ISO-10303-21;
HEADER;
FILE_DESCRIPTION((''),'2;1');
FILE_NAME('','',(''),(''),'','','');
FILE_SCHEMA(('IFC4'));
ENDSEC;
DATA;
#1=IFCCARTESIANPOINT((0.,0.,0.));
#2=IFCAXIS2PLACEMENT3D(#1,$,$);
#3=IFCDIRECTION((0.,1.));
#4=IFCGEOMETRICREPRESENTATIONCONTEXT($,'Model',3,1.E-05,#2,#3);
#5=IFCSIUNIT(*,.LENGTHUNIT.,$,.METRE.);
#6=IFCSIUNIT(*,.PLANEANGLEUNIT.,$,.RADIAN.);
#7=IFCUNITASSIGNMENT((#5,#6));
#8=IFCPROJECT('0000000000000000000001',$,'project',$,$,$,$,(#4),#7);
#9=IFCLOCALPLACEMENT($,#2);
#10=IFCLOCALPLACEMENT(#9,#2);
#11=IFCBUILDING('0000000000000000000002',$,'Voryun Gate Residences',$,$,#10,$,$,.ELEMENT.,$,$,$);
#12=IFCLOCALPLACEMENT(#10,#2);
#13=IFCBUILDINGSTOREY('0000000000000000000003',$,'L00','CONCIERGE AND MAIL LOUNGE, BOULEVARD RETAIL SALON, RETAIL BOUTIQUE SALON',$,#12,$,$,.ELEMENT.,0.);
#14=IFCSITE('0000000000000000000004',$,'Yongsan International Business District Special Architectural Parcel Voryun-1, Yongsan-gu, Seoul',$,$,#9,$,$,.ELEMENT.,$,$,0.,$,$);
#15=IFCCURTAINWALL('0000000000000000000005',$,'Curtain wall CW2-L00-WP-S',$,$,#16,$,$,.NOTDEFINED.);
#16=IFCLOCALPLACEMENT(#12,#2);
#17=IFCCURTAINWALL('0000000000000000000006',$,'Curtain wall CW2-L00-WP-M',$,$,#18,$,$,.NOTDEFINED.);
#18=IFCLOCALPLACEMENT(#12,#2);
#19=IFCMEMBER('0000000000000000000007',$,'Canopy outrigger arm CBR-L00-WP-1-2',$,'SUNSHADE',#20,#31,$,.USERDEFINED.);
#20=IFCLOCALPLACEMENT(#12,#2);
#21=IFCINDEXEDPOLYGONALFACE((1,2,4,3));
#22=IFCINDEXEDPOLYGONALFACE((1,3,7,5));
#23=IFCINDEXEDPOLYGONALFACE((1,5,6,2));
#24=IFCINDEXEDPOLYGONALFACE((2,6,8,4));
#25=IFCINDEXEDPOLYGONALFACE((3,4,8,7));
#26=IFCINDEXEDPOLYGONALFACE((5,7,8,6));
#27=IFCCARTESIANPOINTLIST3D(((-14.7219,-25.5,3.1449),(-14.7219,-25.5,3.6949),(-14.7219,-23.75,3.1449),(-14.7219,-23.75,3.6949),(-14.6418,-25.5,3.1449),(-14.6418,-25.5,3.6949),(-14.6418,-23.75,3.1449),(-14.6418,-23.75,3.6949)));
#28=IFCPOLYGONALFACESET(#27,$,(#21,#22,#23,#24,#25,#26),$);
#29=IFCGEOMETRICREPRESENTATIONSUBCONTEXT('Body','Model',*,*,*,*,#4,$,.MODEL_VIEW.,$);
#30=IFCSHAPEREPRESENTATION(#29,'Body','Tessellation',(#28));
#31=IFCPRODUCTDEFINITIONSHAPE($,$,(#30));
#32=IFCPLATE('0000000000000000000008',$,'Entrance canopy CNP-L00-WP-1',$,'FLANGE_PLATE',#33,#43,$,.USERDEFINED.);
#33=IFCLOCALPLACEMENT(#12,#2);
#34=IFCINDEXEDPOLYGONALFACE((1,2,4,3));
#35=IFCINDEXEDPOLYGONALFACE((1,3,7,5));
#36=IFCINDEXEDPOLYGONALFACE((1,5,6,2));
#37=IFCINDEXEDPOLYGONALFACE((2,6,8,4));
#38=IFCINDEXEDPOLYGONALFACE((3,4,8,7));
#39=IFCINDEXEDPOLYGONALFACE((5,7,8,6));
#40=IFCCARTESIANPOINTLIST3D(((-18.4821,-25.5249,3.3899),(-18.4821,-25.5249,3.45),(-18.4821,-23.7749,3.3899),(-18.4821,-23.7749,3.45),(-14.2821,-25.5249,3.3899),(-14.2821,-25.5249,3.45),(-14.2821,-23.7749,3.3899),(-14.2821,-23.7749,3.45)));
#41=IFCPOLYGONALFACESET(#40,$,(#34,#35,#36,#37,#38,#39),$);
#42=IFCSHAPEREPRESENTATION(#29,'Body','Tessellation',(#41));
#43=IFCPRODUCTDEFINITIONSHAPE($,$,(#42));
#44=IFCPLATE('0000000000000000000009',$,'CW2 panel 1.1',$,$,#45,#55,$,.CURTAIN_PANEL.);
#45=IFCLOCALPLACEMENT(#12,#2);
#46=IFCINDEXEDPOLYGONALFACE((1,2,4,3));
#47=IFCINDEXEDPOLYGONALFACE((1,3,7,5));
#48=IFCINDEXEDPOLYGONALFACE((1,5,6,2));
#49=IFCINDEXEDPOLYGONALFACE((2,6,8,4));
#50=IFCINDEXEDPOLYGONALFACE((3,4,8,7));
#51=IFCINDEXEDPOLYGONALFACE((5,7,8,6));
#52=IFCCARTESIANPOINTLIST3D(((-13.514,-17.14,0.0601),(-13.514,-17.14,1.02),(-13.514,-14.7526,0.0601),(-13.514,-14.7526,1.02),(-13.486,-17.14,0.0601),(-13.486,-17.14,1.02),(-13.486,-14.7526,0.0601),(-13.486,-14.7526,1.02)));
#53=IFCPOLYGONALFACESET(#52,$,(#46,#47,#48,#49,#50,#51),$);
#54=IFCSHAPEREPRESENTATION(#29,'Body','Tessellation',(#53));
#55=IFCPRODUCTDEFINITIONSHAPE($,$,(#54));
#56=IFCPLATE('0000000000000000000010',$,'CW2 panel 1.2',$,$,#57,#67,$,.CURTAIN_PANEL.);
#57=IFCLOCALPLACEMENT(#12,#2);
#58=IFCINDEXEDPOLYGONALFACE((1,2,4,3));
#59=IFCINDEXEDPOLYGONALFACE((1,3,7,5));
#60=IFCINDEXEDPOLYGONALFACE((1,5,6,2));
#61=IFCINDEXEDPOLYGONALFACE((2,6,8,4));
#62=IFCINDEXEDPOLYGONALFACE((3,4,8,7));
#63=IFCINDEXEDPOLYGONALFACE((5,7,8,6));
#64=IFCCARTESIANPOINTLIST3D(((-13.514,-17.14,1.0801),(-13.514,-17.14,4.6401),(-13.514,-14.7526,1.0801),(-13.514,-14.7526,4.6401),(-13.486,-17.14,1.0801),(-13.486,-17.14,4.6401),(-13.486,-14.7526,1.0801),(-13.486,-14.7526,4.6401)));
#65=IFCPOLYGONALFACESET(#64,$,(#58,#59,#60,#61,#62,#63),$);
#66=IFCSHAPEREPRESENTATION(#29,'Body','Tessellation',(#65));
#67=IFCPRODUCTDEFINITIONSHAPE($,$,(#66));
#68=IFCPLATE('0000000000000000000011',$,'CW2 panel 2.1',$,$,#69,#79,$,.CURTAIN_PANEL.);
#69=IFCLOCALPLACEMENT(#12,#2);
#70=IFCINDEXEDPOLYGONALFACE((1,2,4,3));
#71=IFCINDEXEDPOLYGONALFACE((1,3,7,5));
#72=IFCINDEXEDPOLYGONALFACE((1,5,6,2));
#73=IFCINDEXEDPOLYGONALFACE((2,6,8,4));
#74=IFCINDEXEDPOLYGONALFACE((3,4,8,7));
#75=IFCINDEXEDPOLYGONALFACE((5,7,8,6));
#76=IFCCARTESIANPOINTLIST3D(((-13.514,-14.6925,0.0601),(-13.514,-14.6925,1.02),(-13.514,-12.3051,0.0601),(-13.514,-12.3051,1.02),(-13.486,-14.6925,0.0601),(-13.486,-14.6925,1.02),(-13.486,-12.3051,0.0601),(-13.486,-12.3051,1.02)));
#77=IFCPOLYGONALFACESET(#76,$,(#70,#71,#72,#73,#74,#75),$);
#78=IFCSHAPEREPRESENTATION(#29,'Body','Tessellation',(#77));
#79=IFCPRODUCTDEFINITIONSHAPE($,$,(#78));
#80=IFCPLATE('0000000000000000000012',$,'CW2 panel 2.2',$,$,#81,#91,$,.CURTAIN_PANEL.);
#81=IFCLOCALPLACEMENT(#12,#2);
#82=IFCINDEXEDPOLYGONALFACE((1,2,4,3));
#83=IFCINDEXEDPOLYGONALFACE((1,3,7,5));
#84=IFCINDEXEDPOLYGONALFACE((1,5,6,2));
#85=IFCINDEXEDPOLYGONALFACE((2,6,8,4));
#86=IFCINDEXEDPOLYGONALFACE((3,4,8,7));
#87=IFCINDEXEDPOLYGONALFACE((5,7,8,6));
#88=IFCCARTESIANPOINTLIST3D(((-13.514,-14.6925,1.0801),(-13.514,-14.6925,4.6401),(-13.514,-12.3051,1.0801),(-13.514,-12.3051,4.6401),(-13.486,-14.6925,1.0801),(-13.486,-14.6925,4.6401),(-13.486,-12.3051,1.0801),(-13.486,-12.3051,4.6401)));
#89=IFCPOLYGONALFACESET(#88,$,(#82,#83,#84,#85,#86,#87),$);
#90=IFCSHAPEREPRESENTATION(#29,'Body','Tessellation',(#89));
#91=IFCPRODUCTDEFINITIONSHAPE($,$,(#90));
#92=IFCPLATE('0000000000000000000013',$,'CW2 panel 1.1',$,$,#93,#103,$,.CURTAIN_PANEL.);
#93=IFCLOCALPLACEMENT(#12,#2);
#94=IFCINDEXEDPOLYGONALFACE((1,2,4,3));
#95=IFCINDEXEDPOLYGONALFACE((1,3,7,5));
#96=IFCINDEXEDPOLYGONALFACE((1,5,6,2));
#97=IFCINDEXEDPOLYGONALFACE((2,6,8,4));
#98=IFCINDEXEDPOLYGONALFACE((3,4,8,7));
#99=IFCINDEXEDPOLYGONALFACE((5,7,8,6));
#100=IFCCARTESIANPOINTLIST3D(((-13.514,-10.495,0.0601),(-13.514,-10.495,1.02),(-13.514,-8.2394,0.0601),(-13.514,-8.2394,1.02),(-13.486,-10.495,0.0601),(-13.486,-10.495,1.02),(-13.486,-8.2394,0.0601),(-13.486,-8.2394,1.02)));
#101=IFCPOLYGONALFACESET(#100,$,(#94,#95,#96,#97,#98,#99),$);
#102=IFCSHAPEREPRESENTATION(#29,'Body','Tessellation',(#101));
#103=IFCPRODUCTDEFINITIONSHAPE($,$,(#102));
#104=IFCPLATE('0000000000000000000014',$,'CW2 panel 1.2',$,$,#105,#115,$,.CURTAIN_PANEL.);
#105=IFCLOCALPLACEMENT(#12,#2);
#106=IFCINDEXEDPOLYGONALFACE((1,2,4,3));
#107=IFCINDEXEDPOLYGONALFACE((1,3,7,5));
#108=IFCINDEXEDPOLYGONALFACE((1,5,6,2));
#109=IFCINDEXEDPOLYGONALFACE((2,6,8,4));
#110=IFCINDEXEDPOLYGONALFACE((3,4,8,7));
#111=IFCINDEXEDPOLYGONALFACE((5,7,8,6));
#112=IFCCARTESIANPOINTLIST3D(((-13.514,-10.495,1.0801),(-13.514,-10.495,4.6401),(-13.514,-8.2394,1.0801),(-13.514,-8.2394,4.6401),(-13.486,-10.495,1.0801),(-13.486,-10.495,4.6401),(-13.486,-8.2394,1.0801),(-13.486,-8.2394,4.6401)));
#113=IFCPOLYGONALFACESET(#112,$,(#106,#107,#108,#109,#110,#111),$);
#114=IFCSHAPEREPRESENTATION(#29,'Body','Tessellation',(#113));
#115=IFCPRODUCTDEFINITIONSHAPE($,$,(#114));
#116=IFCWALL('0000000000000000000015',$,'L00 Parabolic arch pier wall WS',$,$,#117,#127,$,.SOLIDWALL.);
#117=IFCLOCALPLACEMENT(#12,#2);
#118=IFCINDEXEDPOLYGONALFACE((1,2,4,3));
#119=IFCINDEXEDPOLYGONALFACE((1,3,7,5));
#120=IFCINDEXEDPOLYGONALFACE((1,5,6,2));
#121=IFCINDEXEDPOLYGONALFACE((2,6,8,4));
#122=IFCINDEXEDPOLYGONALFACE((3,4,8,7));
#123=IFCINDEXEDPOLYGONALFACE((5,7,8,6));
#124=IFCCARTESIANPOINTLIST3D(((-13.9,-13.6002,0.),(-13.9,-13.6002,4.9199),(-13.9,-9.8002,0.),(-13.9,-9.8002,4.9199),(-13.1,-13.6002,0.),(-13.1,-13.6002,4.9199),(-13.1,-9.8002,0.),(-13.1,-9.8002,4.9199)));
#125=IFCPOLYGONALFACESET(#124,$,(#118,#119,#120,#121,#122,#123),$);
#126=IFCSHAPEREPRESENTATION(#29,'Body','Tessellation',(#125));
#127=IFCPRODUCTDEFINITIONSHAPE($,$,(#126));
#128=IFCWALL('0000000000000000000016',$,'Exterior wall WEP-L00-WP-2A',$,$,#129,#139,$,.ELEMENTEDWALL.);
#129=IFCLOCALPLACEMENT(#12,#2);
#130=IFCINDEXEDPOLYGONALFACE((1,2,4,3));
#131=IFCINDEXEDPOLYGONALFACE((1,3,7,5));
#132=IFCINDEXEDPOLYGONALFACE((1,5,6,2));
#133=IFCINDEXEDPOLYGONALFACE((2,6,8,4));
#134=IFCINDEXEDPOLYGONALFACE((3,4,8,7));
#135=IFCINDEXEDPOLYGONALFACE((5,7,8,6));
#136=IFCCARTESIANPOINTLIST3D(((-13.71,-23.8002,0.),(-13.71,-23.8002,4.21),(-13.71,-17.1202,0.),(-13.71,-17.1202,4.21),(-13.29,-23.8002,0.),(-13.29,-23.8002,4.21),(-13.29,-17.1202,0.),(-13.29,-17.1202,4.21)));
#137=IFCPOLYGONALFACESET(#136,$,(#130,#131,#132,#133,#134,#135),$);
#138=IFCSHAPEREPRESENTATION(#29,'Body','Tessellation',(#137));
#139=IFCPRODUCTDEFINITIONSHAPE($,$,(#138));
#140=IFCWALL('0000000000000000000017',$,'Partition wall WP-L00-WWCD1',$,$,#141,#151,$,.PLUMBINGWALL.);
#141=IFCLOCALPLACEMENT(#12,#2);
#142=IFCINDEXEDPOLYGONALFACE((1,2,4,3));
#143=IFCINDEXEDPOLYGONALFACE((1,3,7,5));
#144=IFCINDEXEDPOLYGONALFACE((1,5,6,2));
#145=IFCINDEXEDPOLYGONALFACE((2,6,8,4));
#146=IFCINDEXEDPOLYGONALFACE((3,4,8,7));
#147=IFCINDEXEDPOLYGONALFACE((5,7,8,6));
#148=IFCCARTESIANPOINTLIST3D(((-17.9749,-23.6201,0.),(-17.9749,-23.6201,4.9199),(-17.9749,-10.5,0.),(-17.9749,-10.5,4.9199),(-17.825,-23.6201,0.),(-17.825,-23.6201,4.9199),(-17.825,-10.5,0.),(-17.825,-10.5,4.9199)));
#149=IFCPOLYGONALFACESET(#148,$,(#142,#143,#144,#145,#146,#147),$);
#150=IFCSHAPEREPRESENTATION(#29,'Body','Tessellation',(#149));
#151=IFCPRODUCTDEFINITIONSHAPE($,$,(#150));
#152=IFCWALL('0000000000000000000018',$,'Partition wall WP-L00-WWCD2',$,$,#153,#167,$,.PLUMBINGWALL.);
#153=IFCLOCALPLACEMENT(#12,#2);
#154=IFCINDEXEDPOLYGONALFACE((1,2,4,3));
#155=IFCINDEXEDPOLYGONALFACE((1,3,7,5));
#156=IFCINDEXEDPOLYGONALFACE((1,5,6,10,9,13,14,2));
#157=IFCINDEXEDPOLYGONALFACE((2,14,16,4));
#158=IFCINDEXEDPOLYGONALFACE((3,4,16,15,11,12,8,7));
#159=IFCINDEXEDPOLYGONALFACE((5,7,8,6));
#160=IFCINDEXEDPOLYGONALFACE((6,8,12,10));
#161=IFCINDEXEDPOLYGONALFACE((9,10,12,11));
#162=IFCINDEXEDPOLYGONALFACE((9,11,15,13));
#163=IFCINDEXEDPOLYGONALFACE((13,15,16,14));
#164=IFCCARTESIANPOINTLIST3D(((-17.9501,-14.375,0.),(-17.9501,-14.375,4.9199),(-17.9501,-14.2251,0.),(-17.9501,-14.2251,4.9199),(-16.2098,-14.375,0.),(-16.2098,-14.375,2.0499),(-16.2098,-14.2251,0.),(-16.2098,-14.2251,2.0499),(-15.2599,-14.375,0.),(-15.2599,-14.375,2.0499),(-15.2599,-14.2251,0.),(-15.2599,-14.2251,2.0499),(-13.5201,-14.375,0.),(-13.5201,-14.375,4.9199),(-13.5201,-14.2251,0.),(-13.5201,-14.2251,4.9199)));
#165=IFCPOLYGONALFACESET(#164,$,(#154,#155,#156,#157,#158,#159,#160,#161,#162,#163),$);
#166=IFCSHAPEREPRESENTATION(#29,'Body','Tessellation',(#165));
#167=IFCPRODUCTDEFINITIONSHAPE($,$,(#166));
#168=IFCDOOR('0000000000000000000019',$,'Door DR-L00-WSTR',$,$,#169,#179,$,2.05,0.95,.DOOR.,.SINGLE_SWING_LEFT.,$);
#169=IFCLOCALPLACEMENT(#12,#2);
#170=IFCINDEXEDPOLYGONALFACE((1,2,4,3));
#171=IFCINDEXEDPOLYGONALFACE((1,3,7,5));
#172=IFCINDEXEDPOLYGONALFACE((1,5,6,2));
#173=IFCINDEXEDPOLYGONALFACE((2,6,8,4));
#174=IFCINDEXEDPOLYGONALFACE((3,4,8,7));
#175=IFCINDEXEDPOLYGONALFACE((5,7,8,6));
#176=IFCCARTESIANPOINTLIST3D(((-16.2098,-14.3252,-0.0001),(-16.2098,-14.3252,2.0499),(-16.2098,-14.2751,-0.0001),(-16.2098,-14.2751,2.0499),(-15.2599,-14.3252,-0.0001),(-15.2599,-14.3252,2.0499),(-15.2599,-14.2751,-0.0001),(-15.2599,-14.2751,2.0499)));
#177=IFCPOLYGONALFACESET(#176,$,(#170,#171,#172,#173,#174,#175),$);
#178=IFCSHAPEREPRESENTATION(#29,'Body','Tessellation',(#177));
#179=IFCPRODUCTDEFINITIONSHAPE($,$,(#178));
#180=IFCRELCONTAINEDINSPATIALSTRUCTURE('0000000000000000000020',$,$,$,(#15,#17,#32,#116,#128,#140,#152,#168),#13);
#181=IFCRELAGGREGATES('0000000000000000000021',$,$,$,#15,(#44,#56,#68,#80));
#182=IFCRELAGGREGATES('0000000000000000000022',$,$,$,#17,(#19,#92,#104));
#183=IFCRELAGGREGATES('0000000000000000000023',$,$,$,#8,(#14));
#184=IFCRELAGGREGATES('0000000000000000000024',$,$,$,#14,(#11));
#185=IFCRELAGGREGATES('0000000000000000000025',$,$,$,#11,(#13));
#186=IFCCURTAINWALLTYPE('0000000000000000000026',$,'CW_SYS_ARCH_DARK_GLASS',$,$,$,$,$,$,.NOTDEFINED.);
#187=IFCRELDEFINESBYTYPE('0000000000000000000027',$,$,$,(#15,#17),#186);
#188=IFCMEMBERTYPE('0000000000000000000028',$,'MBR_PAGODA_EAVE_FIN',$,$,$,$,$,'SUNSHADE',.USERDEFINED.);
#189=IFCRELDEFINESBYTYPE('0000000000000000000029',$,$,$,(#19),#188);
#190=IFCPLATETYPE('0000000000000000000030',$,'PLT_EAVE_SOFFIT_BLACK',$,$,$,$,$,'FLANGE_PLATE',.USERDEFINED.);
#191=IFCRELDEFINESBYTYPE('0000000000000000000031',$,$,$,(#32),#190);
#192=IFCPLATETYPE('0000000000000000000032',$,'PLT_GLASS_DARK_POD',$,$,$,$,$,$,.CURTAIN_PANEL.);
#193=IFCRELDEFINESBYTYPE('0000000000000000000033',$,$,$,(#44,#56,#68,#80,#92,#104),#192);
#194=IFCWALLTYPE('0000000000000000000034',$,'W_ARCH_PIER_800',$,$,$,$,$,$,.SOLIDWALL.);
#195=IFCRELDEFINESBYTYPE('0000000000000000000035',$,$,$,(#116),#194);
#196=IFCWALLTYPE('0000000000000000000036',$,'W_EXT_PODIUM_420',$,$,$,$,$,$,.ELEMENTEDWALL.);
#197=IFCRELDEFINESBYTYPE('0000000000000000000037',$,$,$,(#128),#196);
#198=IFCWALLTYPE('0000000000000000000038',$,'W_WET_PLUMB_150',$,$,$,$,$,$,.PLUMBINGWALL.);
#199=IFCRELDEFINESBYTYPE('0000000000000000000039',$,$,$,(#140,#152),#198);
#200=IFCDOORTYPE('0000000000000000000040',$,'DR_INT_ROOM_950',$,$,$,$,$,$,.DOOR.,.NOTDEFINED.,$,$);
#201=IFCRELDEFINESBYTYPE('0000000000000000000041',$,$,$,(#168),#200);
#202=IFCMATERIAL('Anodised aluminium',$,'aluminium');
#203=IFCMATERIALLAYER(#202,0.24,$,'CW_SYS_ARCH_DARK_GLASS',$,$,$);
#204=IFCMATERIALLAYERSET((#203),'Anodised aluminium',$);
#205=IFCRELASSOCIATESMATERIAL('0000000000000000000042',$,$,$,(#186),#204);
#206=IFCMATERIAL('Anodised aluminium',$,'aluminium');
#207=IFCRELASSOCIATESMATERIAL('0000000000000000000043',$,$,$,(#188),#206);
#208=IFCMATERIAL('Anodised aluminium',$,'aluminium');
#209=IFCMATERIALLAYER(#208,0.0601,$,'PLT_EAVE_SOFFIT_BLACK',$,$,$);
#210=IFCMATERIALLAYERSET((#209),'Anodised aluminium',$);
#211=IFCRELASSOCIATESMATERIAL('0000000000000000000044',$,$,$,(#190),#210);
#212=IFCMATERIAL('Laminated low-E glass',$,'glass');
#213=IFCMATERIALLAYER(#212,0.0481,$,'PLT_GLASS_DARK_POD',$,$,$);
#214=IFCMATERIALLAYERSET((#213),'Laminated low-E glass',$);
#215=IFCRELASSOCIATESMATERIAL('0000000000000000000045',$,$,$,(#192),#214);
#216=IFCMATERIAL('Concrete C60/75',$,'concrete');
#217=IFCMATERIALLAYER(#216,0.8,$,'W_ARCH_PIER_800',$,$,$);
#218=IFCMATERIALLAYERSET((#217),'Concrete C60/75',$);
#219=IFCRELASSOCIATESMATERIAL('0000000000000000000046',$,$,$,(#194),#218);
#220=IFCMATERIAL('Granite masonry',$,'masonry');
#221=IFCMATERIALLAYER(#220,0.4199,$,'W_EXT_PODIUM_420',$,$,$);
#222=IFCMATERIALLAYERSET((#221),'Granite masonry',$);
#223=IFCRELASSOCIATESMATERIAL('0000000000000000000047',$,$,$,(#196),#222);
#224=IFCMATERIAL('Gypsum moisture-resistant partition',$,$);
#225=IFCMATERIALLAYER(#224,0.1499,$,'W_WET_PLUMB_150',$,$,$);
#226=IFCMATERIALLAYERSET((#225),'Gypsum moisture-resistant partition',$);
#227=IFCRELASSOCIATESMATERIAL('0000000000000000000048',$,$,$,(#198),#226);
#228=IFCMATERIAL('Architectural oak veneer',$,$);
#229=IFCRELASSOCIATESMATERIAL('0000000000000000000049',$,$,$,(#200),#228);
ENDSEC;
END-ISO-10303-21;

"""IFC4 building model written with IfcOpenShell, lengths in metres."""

from ifc_helpers import new_model, si_unit, direction, frame, frame_2d, origin, origin_2d, place, context, subcontext, project, spatial, rectangle, extrude, material, layer, layer_set, material_profile, profile_set, type_object, element, fill, aggregate, save


model = new_model("IFC4")

# Units and contexts
model_context = context("Model", 3, precision=1e-05, world=origin(), true_north=direction((0.0, 1.0)))
body_context = subcontext(model_context, "Body", "Model", "MODEL_VIEW")
ifc_project = project(units=[si_unit("LENGTHUNIT", "METRE"), si_unit("PLANEANGLEUNIT", "RADIAN")], contexts=[model_context])

# Site, building, storey
site_placement = place(None, origin())
site = spatial("IfcSite", under=ifc_project, at=site_placement, Name="Yongsan International Business District Special Architectural Parcel Voryun-1, Yongsan-gu, Seoul", CompositionType="ELEMENT", RefElevation=0.0)
building_placement = place(site_placement, origin())
building = spatial("IfcBuilding", under=site, at=building_placement, Name="Voryun Gate Residences", CompositionType="ELEMENT")
storey_placement = place(building_placement, origin())
storey = spatial("IfcBuildingStorey", under=building, at=storey_placement, Name="L00", Description="CONCIERGE AND MAIL LOUNGE, BOULEVARD RETAIL SALON, RETAIL BOUTIQUE SALON", CompositionType="ELEMENT", Elevation=0.0)

# Curtain wall
ifc_material_1 = material(Name="Anodised aluminium", Category="aluminium")
ifc_layer_1 = layer(ifc_material_1, 0.24, Name="CW_SYS_ARCH_DARK_GLASS")
ifc_layer_set_1 = layer_set([ifc_layer_1], Name="Anodised aluminium")
curtain_wall_type = type_object("IfcCurtainWallType", Name="CW_SYS_ARCH_DARK_GLASS", PredefinedType="NOTDEFINED", material=ifc_layer_set_1)
curtain_wall_1_placement = place(storey_placement, origin())
curtain_wall_1 = element("IfcCurtainWall", 1, at=curtain_wall_1_placement, inside=storey, type_object=curtain_wall_type, Name="Curtain wall CW2-L00-WP-S", PredefinedType="NOTDEFINED")

# Curtain wall
curtain_wall_2_placement = place(storey_placement, origin())
curtain_wall_2 = element("IfcCurtainWall", 2, at=curtain_wall_2_placement, inside=storey, type_object=curtain_wall_type, Name="Curtain wall CW2-L00-WP-M", PredefinedType="NOTDEFINED")

# Member
ifc_material_2 = material(Name="Anodised aluminium", Category="aluminium")
ifc_material_profile_1 = material_profile(ifc_material_2, rectangle(XDim=0.0801, YDim=0.55, at=origin_2d()), Name="ALU-EAVE-80x550")
ifc_profile_set_1 = profile_set([ifc_material_profile_1], Name="Anodised aluminium")
member_type_1 = type_object("IfcMemberType", Name="MBR_PAGODA_EAVE_FIN", ElementType="SUNSHADE", PredefinedType="USERDEFINED", material=ifc_profile_set_1)
member_1_placement = place(storey_placement, frame((-14.6819, -23.75, 3.4199), z_axis=(0.0, -1.0, 0.0), x_axis=(1.0, 0.0, 0.0)))
member_1 = element("IfcMember", 3, at=member_1_placement, type_object=member_type_1, Name="Canopy outrigger arm CBR-L00-WP-1-2", ObjectType="SUNSHADE", PredefinedType="USERDEFINED", context=body_context, shape_type="SweptSolid", body=[
    extrude(rectangle(XDim=0.0801, YDim=0.55, at=origin_2d()), origin(), (0.0, 0.0, 1.0), 1.75),
])

# Plates
ifc_material_3 = material(Name="Anodised aluminium", Category="aluminium")
ifc_layer_2 = layer(ifc_material_3, 0.0601, Name="PLT_EAVE_SOFFIT_BLACK")
ifc_layer_set_2 = layer_set([ifc_layer_2], Name="Anodised aluminium")
plate_type_1 = type_object("IfcPlateType", Name="PLT_EAVE_SOFFIT_BLACK", ElementType="FLANGE_PLATE", PredefinedType="USERDEFINED", material=ifc_layer_set_2)
plate_1_placement = place(storey_placement, frame((-16.3821, -24.6499, 3.3899), z_axis=(0.0, 0.0, 1.0), x_axis=(1.0, 0.0, 0.0)))
element("IfcPlate", 4, at=plate_1_placement, inside=storey, type_object=plate_type_1, Name="Entrance canopy CNP-L00-WP-1", ObjectType="FLANGE_PLATE", PredefinedType="USERDEFINED", context=body_context, shape_type="SweptSolid", body=[
    extrude(rectangle(XDim=4.2, YDim=1.75, at=origin_2d()), origin(), (0.0, 0.0, 1.0), 0.0601),
])
ifc_material_4 = material(Name="Laminated low-E glass", Category="glass")
ifc_layer_3 = layer(ifc_material_4, 0.0481, Name="PLT_GLASS_DARK_POD")
ifc_layer_set_3 = layer_set([ifc_layer_3], Name="Laminated low-E glass")
plate_type_2 = type_object("IfcPlateType", Name="PLT_GLASS_DARK_POD", PredefinedType="CURTAIN_PANEL", material=ifc_layer_set_3)
plate_2_placement = place(storey_placement, frame((-13.5, -15.9463, 0.0601), z_axis=(0.0, 0.0, 1.0), x_axis=(0.0, 1.0, 0.0)))
plate_2 = element("IfcPlate", 5, at=plate_2_placement, type_object=plate_type_2, Name="CW2 panel 1.1", PredefinedType="CURTAIN_PANEL", context=body_context, shape_type="SweptSolid", body=[
    extrude(rectangle(XDim=2.3875, YDim=0.0281, at=origin_2d()), origin(), (0.0, 0.0, 1.0), 0.96),
])
plate_3_placement = place(storey_placement, frame((-13.5, -15.9463, 1.0801), z_axis=(0.0, 0.0, 1.0), x_axis=(0.0, 1.0, 0.0)))
plate_3 = element("IfcPlate", 6, at=plate_3_placement, type_object=plate_type_2, Name="CW2 panel 1.2", PredefinedType="CURTAIN_PANEL", context=body_context, shape_type="SweptSolid", body=[
    extrude(rectangle(XDim=2.3875, YDim=0.0281, at=origin_2d()), origin(), (0.0, 0.0, 1.0), 3.5601),
])
plate_4_placement = place(storey_placement, frame((-13.5, -13.4988, 0.0601), z_axis=(0.0, 0.0, 1.0), x_axis=(0.0, 1.0, 0.0)))
plate_4 = element("IfcPlate", 7, at=plate_4_placement, type_object=plate_type_2, Name="CW2 panel 2.1", PredefinedType="CURTAIN_PANEL", context=body_context, shape_type="SweptSolid", body=[
    extrude(rectangle(XDim=2.3875, YDim=0.0281, at=origin_2d()), origin(), (0.0, 0.0, 1.0), 0.96),
])
plate_5_placement = place(storey_placement, frame((-13.5, -13.4988, 1.0801), z_axis=(0.0, 0.0, 1.0), x_axis=(0.0, 1.0, 0.0)))
plate_5 = element("IfcPlate", 8, at=plate_5_placement, type_object=plate_type_2, Name="CW2 panel 2.2", PredefinedType="CURTAIN_PANEL", context=body_context, shape_type="SweptSolid", body=[
    extrude(rectangle(XDim=2.3875, YDim=0.0281, at=origin_2d()), origin(), (0.0, 0.0, 1.0), 3.5601),
])
aggregate(curtain_wall_1, [plate_2, plate_3, plate_4, plate_5])
plate_6_placement = place(storey_placement, frame((-13.5, -9.3672, 0.0601), z_axis=(0.0, 0.0, 1.0), x_axis=(0.0, 1.0, 0.0)))
plate_6 = element("IfcPlate", 9, at=plate_6_placement, type_object=plate_type_2, Name="CW2 panel 1.1", PredefinedType="CURTAIN_PANEL", context=body_context, shape_type="SweptSolid", body=[
    extrude(rectangle(XDim=2.2556, YDim=0.0281, at=origin_2d()), origin(), (0.0, 0.0, 1.0), 0.96),
])
plate_7_placement = place(storey_placement, frame((-13.5, -9.3672, 1.0801), z_axis=(0.0, 0.0, 1.0), x_axis=(0.0, 1.0, 0.0)))
plate_7 = element("IfcPlate", 10, at=plate_7_placement, type_object=plate_type_2, Name="CW2 panel 1.2", PredefinedType="CURTAIN_PANEL", context=body_context, shape_type="SweptSolid", body=[
    extrude(rectangle(XDim=2.2556, YDim=0.0281, at=origin_2d()), origin(), (0.0, 0.0, 1.0), 3.5601),
])
aggregate(curtain_wall_2, [member_1, plate_6, plate_7])

# Wall
ifc_material_5 = material(Name="Concrete C60/75", Category="concrete")
ifc_layer_4 = layer(ifc_material_5, 0.8, Name="W_ARCH_PIER_800")
ifc_layer_set_4 = layer_set([ifc_layer_4], Name="Concrete C60/75")
wall_type_1 = type_object("IfcWallType", Name="W_ARCH_PIER_800", PredefinedType="SOLIDWALL", material=ifc_layer_set_4)
wall_1_placement = place(storey_placement, frame((-13.5, -13.6001, 0.0), z_axis=(0.0, 0.0, 1.0), x_axis=(0.0, 1.0, 0.0)))
element("IfcWall", 11, at=wall_1_placement, inside=storey, type_object=wall_type_1, Name="L00 Parabolic arch pier wall WS", PredefinedType="SOLIDWALL", context=body_context, shape_type="SweptSolid", body=[
    extrude(rectangle(XDim=3.8, YDim=0.8, at=frame_2d((1.8999, 0.0))), origin(), (0.0, 0.0, 1.0), 4.9199),
])

# Shared definitions
ifc_material_6 = material(Name="Granite masonry", Category="masonry")
ifc_layer_5 = layer(ifc_material_6, 0.4199, Name="W_EXT_PODIUM_420")
ifc_layer_set_5 = layer_set([ifc_layer_5], Name="Granite masonry")
wall_type_2 = type_object("IfcWallType", Name="W_EXT_PODIUM_420", PredefinedType="ELEMENTEDWALL", material=ifc_layer_set_5)

# Walls
wall_2_placement = place(storey_placement, frame((-13.5, -23.8, 0.0), z_axis=(0.0, 0.0, 1.0), x_axis=(0.0, 1.0, 0.0)))
element("IfcWall", 12, at=wall_2_placement, inside=storey, type_object=wall_type_2, Name="Exterior wall WEP-L00-WP-2A", PredefinedType="ELEMENTEDWALL", context=body_context, shape_type="SweptSolid", body=[
    extrude(rectangle(XDim=6.6799, YDim=0.4199, at=frame_2d((3.3398, 0.0))), origin(), (0.0, 0.0, 1.0), 4.21),
])
ifc_material_7 = material(Name="Gypsum moisture-resistant partition")
ifc_layer_6 = layer(ifc_material_7, 0.1499, Name="W_WET_PLUMB_150")
ifc_layer_set_6 = layer_set([ifc_layer_6], Name="Gypsum moisture-resistant partition")
wall_type_3 = type_object("IfcWallType", Name="W_WET_PLUMB_150", PredefinedType="PLUMBINGWALL", material=ifc_layer_set_6)
wall_3_placement = place(storey_placement, frame((-17.8999, -23.6201, 0.0), z_axis=(0.0, 0.0, 1.0), x_axis=(0.0, 1.0, 0.0)))
element("IfcWall", 13, at=wall_3_placement, inside=storey, type_object=wall_type_3, Name="Partition wall WP-L00-WWCD1", PredefinedType="PLUMBINGWALL", context=body_context, shape_type="SweptSolid", body=[
    extrude(rectangle(XDim=13.1201, YDim=0.1499, at=frame_2d((6.5601, 0.0))), origin(), (0.0, 0.0, 1.0), 4.9199),
])

# Wall, opening, door
wall_4_placement = place(storey_placement, frame((-17.95, -14.3, 0.0), z_axis=(0.0, 0.0, 1.0), x_axis=(1.0, 0.0, 0.0)))
wall_4 = element("IfcWall", 14, at=wall_4_placement, inside=storey, type_object=wall_type_3, Name="Partition wall WP-L00-WWCD2", PredefinedType="PLUMBINGWALL", context=body_context, shape_type="SweptSolid", body=[
    extrude(rectangle(XDim=4.4299, YDim=0.1499, at=frame_2d((2.2148, 0.0))), origin(), (0.0, 0.0, 1.0), 4.9199),
])
opening_1_placement = place(wall_4_placement, frame((1.74, 0.0, 0.0)))
opening_1 = element("IfcOpeningElement", 15, at=opening_1_placement, cuts=wall_4, PredefinedType="OPENING", context=body_context, shape_type="SweptSolid", body=[
    extrude(rectangle(XDim=0.95, YDim=2.05, at=frame_2d((0.4751, 1.0249))), frame((0.0, 0.085, 0.0), z_axis=(0.0, -1.0, 0.0), x_axis=(1.0, 0.0, 0.0)), (0.0, 0.0, 1.0), 0.1699),
])
ifc_material_8 = material(Name="Architectural oak veneer")
door_type_1 = type_object("IfcDoorType", Name="DR_INT_ROOM_950", OperationType="NOTDEFINED", PredefinedType="DOOR", material=ifc_material_8)
door_1_placement = place(opening_1_placement, origin())
door_1 = element("IfcDoor", 16, at=door_1_placement, inside=storey, type_object=door_type_1, Name="Door DR-L00-WSTR", OperationType="SINGLE_SWING_LEFT", OverallHeight=2.05, OverallWidth=0.95, PredefinedType="DOOR", context=body_context, shape_type="SweptSolid", body=[
    extrude(rectangle(XDim=0.95, YDim=2.05, at=frame_2d((0.4751, 1.0249))), frame((0.0, 0.0249, 0.0), z_axis=(0.0, -1.0, 0.0), x_axis=(1.0, 0.0, 0.0)), (0.0, 0.0, 1.0), 0.05),
])
fill(opening_1, door_1)

save(model, "model.ifc")
